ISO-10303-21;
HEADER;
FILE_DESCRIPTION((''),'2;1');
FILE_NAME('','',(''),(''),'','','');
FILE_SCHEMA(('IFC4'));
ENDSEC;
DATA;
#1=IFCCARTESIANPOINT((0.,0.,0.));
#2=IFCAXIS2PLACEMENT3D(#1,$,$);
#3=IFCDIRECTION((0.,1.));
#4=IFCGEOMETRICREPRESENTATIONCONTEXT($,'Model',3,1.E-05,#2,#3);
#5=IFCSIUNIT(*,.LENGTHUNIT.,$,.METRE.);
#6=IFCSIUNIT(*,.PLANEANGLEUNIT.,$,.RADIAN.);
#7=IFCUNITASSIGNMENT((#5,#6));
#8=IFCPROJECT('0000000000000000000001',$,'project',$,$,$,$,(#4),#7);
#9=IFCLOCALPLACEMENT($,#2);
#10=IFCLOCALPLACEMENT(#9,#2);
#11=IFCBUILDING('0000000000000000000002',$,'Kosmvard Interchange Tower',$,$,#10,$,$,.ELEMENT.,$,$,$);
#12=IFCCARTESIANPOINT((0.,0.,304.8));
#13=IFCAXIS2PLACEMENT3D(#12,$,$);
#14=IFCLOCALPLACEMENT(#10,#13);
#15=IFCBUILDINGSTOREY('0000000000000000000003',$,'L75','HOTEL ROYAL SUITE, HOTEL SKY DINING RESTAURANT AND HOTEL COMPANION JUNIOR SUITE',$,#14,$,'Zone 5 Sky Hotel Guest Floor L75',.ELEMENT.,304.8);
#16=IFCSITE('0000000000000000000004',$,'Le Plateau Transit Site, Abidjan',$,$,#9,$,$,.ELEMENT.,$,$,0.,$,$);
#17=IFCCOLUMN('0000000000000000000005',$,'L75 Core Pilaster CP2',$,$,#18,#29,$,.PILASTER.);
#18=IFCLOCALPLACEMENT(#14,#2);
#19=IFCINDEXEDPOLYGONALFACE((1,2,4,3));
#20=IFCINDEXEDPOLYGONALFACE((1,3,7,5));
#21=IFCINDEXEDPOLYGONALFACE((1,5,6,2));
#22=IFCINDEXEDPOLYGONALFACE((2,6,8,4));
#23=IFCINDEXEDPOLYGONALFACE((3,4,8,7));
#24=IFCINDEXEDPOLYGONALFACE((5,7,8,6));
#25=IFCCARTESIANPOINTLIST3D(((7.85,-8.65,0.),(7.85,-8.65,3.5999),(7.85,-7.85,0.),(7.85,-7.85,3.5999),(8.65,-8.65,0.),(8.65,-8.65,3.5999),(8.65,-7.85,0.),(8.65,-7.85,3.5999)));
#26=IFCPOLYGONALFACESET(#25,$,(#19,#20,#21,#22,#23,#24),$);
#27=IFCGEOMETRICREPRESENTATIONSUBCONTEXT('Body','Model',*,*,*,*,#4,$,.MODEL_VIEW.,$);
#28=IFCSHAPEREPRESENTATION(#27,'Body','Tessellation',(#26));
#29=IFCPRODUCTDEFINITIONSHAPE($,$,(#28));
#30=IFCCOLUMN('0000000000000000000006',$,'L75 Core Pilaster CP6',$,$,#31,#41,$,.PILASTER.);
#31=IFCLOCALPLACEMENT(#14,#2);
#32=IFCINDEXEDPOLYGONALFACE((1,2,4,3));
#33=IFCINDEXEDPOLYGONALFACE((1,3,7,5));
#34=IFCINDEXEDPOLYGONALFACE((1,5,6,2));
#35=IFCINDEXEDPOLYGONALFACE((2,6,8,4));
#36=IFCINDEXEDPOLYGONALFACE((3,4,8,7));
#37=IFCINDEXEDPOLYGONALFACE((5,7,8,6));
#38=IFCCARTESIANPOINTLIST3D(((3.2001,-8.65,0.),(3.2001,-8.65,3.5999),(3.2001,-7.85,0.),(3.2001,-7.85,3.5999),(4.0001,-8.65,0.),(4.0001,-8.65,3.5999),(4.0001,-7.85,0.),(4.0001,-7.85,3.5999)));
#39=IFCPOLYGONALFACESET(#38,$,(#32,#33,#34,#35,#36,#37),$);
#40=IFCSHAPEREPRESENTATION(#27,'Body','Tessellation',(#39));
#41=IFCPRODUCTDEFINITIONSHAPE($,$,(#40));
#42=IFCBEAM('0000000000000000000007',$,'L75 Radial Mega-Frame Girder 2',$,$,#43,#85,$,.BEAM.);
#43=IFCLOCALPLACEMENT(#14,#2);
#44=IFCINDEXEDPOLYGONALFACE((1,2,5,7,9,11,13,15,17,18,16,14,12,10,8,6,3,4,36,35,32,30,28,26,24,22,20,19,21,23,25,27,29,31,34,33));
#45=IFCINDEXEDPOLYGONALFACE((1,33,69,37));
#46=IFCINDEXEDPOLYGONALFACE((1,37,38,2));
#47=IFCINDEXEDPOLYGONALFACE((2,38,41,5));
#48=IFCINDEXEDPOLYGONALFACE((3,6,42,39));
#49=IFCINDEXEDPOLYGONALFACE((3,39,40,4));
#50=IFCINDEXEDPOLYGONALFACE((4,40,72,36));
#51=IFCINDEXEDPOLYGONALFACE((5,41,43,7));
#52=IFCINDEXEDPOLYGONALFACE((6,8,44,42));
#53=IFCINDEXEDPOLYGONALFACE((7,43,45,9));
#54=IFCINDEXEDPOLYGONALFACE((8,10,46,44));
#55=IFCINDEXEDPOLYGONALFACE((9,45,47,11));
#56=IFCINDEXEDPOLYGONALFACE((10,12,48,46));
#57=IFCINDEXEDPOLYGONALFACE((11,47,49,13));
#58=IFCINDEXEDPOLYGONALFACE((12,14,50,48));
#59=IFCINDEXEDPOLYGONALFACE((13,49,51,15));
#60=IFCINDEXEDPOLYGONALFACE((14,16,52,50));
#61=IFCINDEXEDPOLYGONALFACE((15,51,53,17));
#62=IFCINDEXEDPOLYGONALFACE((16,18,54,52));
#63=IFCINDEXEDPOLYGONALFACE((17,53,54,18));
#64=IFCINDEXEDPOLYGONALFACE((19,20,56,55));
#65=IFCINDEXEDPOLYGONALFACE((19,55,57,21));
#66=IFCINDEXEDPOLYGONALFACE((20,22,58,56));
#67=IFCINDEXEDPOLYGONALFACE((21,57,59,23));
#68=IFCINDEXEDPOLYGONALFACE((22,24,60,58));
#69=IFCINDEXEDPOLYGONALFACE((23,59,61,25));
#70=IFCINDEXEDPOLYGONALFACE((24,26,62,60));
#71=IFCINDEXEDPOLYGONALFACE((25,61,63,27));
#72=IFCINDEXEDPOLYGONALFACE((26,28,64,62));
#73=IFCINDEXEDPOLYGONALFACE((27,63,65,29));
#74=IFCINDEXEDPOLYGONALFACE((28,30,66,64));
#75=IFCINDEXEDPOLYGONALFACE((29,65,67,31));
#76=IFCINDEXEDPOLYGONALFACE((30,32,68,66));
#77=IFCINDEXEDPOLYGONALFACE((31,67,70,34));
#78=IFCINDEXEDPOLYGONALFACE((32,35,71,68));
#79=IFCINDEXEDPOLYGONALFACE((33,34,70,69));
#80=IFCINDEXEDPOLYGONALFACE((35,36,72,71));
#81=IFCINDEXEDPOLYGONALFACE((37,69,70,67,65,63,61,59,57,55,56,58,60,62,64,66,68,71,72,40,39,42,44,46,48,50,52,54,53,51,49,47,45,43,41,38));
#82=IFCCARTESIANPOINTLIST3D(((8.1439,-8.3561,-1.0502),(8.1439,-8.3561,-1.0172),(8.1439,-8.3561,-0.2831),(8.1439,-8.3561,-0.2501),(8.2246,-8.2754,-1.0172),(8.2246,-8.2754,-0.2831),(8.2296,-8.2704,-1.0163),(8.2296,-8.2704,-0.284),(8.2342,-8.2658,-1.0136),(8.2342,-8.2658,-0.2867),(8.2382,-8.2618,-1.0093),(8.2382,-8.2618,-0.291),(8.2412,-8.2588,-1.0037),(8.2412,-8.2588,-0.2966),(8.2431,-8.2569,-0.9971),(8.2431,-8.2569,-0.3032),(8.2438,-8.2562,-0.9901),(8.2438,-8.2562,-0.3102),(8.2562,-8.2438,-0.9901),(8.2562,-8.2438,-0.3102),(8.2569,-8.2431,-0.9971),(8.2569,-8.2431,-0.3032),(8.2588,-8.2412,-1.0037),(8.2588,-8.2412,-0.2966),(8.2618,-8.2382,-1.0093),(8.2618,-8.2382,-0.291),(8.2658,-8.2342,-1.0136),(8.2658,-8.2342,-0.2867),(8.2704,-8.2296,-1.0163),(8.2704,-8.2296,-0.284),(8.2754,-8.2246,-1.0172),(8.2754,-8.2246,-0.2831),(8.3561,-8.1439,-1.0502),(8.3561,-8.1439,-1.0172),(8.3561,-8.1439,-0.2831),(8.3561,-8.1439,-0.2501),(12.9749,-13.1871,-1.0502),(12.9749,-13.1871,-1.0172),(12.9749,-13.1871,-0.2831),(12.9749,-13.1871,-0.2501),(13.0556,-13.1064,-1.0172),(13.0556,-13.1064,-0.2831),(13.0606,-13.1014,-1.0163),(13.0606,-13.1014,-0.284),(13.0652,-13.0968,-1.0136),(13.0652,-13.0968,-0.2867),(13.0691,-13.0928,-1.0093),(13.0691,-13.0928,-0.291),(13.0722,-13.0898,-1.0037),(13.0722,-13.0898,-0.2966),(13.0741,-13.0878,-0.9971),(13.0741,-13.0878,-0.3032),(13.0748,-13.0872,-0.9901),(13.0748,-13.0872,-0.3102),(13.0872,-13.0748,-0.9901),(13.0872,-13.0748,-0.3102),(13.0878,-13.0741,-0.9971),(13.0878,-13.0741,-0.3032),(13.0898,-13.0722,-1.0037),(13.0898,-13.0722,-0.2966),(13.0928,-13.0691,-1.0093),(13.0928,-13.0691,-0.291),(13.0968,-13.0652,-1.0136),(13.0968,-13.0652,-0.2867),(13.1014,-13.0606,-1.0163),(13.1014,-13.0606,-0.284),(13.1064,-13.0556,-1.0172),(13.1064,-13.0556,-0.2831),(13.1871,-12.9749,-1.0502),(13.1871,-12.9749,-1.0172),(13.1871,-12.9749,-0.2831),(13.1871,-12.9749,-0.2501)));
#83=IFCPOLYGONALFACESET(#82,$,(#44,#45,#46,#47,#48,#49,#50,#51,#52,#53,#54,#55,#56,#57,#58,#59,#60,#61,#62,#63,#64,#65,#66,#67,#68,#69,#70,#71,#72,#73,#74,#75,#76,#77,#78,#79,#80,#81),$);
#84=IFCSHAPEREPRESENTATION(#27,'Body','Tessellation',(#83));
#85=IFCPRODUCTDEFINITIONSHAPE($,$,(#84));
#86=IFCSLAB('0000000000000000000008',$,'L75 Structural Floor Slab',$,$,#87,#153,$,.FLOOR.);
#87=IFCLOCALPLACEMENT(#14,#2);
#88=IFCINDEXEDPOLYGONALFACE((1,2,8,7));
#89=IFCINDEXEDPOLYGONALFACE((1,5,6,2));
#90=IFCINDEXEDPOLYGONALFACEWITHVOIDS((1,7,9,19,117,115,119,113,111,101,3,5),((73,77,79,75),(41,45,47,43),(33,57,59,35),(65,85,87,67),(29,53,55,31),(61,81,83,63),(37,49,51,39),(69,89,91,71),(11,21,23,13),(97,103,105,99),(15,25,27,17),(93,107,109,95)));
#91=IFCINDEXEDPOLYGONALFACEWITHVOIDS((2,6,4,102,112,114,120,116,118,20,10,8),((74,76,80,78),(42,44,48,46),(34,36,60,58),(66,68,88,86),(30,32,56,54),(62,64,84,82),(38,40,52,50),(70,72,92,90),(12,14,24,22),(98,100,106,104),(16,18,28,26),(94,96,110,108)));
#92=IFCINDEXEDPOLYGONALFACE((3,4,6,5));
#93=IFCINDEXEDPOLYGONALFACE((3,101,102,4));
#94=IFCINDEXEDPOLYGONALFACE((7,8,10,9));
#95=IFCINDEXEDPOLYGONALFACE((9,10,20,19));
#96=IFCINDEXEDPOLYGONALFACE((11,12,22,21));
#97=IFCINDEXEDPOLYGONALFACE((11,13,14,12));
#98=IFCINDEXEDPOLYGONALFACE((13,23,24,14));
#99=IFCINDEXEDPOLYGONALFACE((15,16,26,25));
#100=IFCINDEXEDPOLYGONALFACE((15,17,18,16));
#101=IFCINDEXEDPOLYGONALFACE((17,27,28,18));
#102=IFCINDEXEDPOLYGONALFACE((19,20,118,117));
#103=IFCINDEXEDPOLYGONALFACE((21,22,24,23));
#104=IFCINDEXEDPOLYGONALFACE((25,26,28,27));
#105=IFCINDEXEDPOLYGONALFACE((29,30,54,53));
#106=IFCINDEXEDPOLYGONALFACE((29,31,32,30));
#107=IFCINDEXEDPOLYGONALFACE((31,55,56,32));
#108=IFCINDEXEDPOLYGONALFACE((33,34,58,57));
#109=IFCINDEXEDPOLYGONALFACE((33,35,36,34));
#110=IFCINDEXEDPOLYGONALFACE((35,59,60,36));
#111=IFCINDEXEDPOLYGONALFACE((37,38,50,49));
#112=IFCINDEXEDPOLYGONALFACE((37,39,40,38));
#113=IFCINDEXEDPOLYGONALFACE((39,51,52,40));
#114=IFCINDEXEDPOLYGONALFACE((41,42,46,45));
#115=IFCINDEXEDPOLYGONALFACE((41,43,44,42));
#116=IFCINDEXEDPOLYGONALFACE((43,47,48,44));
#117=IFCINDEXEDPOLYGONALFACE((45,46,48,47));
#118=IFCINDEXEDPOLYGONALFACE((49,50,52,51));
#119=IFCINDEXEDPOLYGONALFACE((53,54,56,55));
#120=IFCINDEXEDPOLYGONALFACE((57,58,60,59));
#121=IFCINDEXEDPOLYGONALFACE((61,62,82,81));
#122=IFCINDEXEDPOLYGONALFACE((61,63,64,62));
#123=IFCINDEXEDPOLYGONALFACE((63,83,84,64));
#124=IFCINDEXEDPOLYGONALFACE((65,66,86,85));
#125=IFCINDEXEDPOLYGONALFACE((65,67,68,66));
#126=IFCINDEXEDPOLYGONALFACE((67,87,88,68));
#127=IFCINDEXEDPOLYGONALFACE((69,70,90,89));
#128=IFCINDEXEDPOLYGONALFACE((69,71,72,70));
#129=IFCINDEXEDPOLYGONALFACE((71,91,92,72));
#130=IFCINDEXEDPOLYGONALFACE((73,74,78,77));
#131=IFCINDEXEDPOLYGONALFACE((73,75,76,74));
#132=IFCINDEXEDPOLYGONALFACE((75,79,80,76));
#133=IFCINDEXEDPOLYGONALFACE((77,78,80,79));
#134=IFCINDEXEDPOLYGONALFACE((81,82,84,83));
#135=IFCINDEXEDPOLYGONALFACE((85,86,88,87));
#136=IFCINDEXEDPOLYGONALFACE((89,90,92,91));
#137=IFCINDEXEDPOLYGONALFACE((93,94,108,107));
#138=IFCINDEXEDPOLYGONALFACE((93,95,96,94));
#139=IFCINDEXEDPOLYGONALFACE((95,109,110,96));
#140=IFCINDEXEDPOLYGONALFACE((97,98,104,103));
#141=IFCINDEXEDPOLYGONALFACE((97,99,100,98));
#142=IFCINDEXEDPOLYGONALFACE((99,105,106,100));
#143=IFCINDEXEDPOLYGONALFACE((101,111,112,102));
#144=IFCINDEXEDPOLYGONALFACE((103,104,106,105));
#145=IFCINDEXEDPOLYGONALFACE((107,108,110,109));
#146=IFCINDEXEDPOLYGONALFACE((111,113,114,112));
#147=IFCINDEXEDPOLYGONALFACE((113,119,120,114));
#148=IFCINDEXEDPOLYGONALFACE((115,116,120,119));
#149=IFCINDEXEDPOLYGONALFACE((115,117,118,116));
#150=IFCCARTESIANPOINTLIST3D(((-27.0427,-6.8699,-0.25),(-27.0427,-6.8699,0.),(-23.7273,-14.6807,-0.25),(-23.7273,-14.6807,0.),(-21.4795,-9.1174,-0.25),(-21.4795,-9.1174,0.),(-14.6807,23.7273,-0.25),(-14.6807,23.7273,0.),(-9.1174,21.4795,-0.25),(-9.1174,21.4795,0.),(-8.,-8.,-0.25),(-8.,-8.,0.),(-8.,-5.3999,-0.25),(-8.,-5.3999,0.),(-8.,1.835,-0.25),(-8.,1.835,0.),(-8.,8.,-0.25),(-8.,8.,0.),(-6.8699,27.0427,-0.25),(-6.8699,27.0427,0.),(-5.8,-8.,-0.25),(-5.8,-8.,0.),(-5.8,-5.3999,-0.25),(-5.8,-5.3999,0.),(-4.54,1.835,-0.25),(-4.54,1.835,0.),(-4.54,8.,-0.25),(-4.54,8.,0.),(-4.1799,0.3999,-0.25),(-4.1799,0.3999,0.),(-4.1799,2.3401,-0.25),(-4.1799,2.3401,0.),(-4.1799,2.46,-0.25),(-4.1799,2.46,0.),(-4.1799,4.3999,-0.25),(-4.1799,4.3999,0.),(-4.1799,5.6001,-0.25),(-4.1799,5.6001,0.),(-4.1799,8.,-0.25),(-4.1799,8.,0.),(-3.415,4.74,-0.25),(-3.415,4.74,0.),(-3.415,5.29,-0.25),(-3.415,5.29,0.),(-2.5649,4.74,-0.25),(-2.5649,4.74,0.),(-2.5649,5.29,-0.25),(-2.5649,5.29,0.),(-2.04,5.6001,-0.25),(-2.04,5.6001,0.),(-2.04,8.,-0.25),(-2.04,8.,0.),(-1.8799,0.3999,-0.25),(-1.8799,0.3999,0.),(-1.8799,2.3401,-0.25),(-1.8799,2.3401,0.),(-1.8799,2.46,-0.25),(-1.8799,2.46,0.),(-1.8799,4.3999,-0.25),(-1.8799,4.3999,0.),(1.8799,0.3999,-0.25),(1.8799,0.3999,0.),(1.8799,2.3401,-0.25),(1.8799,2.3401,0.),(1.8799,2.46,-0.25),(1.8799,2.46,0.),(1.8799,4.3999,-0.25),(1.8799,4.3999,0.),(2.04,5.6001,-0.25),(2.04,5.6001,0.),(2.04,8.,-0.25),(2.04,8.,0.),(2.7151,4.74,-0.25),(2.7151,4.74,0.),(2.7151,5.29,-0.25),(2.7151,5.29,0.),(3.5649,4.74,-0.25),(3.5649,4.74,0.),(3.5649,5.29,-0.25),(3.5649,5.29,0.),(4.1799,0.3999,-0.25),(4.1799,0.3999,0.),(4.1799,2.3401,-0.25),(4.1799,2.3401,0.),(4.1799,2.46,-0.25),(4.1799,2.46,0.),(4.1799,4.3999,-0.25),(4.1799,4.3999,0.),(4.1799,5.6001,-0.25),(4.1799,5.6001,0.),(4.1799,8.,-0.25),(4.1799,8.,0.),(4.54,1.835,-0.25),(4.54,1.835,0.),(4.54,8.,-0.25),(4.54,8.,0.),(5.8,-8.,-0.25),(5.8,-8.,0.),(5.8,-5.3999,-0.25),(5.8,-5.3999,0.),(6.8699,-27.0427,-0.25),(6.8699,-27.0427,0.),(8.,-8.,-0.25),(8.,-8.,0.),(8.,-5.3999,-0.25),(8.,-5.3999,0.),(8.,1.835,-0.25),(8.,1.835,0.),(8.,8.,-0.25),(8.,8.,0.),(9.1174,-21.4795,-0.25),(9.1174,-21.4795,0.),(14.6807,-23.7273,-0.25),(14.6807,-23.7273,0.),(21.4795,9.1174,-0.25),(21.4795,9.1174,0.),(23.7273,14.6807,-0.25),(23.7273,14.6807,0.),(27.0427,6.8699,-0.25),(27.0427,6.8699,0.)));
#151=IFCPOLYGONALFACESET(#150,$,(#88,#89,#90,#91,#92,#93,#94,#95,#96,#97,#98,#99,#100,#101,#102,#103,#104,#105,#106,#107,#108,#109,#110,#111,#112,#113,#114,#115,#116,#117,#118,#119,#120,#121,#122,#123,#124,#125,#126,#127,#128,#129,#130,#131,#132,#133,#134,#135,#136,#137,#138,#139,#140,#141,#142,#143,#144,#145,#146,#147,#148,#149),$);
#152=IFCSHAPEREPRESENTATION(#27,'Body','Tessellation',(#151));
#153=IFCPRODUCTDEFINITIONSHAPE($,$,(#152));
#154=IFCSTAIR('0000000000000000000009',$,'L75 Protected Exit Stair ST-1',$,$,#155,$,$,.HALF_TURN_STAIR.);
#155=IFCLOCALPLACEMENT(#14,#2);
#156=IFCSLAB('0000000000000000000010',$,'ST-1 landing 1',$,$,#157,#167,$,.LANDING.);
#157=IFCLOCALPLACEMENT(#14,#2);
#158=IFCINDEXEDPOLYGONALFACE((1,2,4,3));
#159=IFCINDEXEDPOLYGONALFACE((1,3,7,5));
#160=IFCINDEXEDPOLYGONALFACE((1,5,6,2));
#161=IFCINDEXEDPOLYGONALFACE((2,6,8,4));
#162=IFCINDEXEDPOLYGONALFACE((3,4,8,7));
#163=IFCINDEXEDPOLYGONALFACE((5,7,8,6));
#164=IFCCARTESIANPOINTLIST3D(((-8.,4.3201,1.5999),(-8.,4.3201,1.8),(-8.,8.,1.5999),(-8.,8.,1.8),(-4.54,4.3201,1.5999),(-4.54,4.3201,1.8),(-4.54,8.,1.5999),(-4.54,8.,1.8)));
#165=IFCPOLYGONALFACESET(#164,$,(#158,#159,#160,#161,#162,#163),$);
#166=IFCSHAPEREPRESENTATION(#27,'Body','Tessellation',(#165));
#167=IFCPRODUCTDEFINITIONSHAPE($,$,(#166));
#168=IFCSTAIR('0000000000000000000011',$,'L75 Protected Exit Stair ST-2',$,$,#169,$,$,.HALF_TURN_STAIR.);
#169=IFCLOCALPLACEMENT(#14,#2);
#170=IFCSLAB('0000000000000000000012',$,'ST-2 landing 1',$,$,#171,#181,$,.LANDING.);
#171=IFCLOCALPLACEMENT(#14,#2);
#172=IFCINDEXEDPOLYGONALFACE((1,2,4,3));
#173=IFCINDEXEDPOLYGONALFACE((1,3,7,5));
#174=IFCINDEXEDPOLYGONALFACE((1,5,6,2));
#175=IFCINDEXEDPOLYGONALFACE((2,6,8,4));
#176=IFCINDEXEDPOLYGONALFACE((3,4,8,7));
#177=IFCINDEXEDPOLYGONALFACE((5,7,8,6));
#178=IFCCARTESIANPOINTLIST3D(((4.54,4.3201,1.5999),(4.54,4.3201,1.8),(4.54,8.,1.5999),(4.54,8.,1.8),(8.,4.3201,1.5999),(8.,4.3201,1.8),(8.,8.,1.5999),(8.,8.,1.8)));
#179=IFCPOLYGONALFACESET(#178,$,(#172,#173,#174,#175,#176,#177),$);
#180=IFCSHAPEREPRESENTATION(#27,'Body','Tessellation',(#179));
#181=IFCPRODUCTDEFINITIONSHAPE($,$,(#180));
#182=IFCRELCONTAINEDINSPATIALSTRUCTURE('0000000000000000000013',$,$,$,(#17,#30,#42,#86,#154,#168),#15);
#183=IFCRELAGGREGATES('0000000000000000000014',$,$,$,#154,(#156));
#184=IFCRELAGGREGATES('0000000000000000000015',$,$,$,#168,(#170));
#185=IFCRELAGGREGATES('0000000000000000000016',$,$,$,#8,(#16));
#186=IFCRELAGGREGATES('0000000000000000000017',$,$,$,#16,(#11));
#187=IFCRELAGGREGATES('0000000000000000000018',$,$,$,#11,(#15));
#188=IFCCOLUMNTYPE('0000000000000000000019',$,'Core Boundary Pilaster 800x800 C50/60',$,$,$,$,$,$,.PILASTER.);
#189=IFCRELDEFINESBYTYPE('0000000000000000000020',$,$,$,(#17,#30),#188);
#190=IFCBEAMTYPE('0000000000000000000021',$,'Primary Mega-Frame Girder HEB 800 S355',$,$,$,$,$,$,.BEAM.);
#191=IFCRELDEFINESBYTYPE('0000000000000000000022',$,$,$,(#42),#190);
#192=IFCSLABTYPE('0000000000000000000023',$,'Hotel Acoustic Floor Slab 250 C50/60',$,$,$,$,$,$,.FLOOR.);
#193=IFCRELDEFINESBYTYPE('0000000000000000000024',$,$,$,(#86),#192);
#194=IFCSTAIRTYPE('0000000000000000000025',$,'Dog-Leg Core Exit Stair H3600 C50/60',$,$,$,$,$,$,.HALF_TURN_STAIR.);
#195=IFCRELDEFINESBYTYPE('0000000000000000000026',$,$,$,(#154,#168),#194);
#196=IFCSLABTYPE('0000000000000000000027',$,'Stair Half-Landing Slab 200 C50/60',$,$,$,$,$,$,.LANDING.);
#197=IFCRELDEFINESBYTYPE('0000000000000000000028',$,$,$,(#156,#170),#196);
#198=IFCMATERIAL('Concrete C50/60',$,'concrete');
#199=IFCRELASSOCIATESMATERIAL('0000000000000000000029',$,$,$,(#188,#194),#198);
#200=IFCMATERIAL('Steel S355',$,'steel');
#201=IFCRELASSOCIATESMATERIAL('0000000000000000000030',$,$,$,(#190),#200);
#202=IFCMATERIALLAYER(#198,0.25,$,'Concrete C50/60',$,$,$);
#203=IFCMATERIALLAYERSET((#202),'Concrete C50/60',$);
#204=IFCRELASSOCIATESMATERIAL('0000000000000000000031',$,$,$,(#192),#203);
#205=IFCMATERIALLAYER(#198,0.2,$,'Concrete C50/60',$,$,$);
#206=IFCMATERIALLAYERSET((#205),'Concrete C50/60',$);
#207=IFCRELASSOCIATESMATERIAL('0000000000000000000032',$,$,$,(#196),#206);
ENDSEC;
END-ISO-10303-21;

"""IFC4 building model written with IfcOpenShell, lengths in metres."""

from ifc_helpers import new_model, si_unit, direction, frame, origin, origin_2d, place, context, subcontext, project, spatial, polyline, rectangle, i_section, outline, extrude, source, transform, mapped, material, layer, layer_set, material_profile, profile_set, type_object, element, aggregate, save


model = new_model("IFC4")

# Units and contexts
model_context = context("Model", 3, precision=1e-05, world=origin(), true_north=direction((0.0, 1.0)))
body_context = subcontext(model_context, "Body", "Model", "MODEL_VIEW")
ifc_project = project(units=[si_unit("LENGTHUNIT", "METRE"), si_unit("PLANEANGLEUNIT", "RADIAN")], contexts=[model_context])

# Site, building, storey
site_placement = place(None, origin())
site = spatial("IfcSite", under=ifc_project, at=site_placement, Name="Le Plateau Transit Site, Abidjan", CompositionType="ELEMENT", RefElevation=0.0)
building_placement = place(site_placement, origin())
building = spatial("IfcBuilding", under=site, at=building_placement, Name="Kosmvard Interchange Tower", CompositionType="ELEMENT")
storey_placement = place(building_placement, frame((0.0, 0.0, 304.8)))
storey = spatial("IfcBuildingStorey", under=building, at=storey_placement, Name="L75", Description="HOTEL ROYAL SUITE, HOTEL SKY DINING RESTAURANT AND HOTEL COMPANION JUNIOR SUITE", LongName="Zone 5 Sky Hotel Guest Floor L75", CompositionType="ELEMENT", Elevation=304.8)

# Columns
ifc_material_1 = material(Name="Concrete C50/60", Category="concrete")
ifc_material_profile_1 = material_profile(ifc_material_1, rectangle(XDim=0.8, YDim=0.8, at=origin_2d()), Name="CP 800x800")
ifc_profile_set_1 = profile_set([ifc_material_profile_1], Name="Concrete C50/60")
column_type = type_object("IfcColumnType", Name="Core Boundary Pilaster 800x800 C50/60", PredefinedType="PILASTER", material=ifc_profile_set_1)
shared_shape_1 = source(origin(), body_context, "Body", "SweptSolid", [
    extrude(rectangle(XDim=0.8, YDim=0.8, at=origin_2d()), origin(), (0.0, 0.0, 1.0), 3.5999),
])
for number, where, z_axis, x_axis, name in (
    (1, (8.25, -8.25, 0.0), (0.0, 0.0, 1.0), (1.0, 0.0, 0.0), "L75 Core Pilaster CP2"),
    (2, (3.6001, -8.25, 0.0), (0.0, 0.0, 1.0), (1.0, 0.0, 0.0), "L75 Core Pilaster CP6"),
):
    element("IfcColumn", number, at=place(storey_placement, frame(where, z_axis=z_axis, x_axis=x_axis)), inside=storey, type_object=column_type, Name=name, PredefinedType="PILASTER", context=body_context, shape_type="MappedRepresentation", body=[
        mapped(shared_shape_1, transform((0.0, 0.0, 0.0), scale=1.0)),
    ])

# Beam
ifc_material_2 = material(Name="Steel S355", Category="steel")
ifc_material_profile_2 = material_profile(ifc_material_2, i_section(OverallWidth=0.3, OverallDepth=0.8, WebThickness=0.0176, FlangeThickness=0.033, FilletRadius=0.0271, at=origin_2d()), Name="HEB 800")
ifc_profile_set_2 = profile_set([ifc_material_profile_2], Name="Steel S355")
beam_type = type_object("IfcBeamType", Name="Primary Mega-Frame Girder HEB 800 S355", PredefinedType="BEAM", material=ifc_profile_set_2)
shared_shape_2 = source(origin(), body_context, "Body", "SweptSolid", [
    extrude(i_section(OverallWidth=0.3, OverallDepth=0.8, WebThickness=0.0176, FlangeThickness=0.033, FilletRadius=0.0271, at=origin_2d()), origin(), (0.0, 0.0, 1.0), 6.832),
])
beam_placement = place(storey_placement, frame((8.25, -8.25, -0.6501), z_axis=(0.707107, -0.707107, 0.0), x_axis=(0.707107, 0.707107, 0.0)))
element("IfcBeam", 3, at=beam_placement, inside=storey, type_object=beam_type, Name="L75 Radial Mega-Frame Girder 2", PredefinedType="BEAM", context=body_context, shape_type="MappedRepresentation", body=[
    mapped(shared_shape_2, transform((0.0, 0.0, 0.0), scale=1.0)),
])

# Slab
ifc_layer_1 = layer(ifc_material_1, 0.25, Name="Concrete C50/60")
ifc_layer_set_1 = layer_set([ifc_layer_1], Name="Concrete C50/60")
slab_type_1 = type_object("IfcSlabType", Name="Hotel Acoustic Floor Slab 250 C50/60", PredefinedType="FLOOR", material=ifc_layer_set_1)
slab_1_placement = place(storey_placement, frame((0.0, 0.0, -0.25)))
element("IfcSlab", 4, at=slab_1_placement, inside=storey, type_object=slab_type_1, Name="L75 Structural Floor Slab", PredefinedType="FLOOR", context=body_context, shape_type="SweptSolid", body=[
    extrude(outline(polyline([(14.6807, -23.7273), (27.0427, 6.8699), (21.4795, 9.1174), (23.7273, 14.6807), (-6.8699, 27.0427), (-9.1174, 21.4795), (-14.6807, 23.7273), (-27.0427, -6.8699), (-21.4795, -9.1174), (-23.7273, -14.6807), (6.8699, -27.0427), (9.1174, -21.4795), (14.6807, -23.7273)]), holes=[polyline([(-8.0, 1.835), (-4.54, 1.835), (-4.54, 8.0), (-8.0, 8.0), (-8.0, 1.835)]), polyline([(4.54, 1.835), (8.0, 1.835), (8.0, 8.0), (4.54, 8.0), (4.54, 1.835)]), polyline([(-8.0, -8.0), (-5.8, -8.0), (-5.8, -5.3999), (-8.0, -5.3999), (-8.0, -8.0)]), polyline([(5.8, -8.0), (8.0, -8.0), (8.0, -5.3999), (5.8, -5.3999), (5.8, -8.0)]), polyline([(-4.1799, 0.3999), (-1.8799, 0.3999), (-1.8799, 2.3401), (-4.1799, 2.3401), (-4.1799, 0.3999)]), polyline([(-4.1799, 2.46), (-1.8799, 2.46), (-1.8799, 4.3999), (-4.1799, 4.3999), (-4.1799, 2.46)]), polyline([(1.8799, 0.3999), (4.1799, 0.3999), (4.1799, 2.3401), (1.8799, 2.3401), (1.8799, 0.3999)]), polyline([(1.8799, 2.46), (4.1799, 2.46), (4.1799, 4.3999), (1.8799, 4.3999), (1.8799, 2.46)]), polyline([(-4.1799, 5.6001), (-2.04, 5.6001), (-2.04, 8.0), (-4.1799, 8.0), (-4.1799, 5.6001)]), polyline([(2.04, 5.6001), (4.1799, 5.6001), (4.1799, 8.0), (2.04, 8.0), (2.04, 5.6001)]), polyline([(-3.415, 4.74), (-2.5649, 4.74), (-2.5649, 5.29), (-3.415, 5.29), (-3.415, 4.74)]), polyline([(2.7151, 4.74), (3.5649, 4.74), (3.5649, 5.29), (2.7151, 5.29), (2.7151, 4.74)])]), origin(), (0.0, 0.0, 1.0), 0.25),
])

# Stairs, slabs
stair_type = type_object("IfcStairType", Name="Dog-Leg Core Exit Stair H3600 C50/60", PredefinedType="HALF_TURN_STAIR", material=ifc_material_1)
stair_1_placement = place(storey_placement, origin())
stair_1 = element("IfcStair", 5, at=stair_1_placement, inside=storey, type_object=stair_type, Name="L75 Protected Exit Stair ST-1", PredefinedType="HALF_TURN_STAIR")
ifc_layer_2 = layer(ifc_material_1, 0.2, Name="Concrete C50/60")
ifc_layer_set_2 = layer_set([ifc_layer_2], Name="Concrete C50/60")
slab_type_2 = type_object("IfcSlabType", Name="Stair Half-Landing Slab 200 C50/60", PredefinedType="LANDING", material=ifc_layer_set_2)
slab_2_placement = place(storey_placement, frame((0.0, 0.0, 1.5999)))
slab_2 = element("IfcSlab", 6, at=slab_2_placement, type_object=slab_type_2, Name="ST-1 landing 1", PredefinedType="LANDING", context=body_context, shape_type="SweptSolid", body=[
    extrude(outline(polyline([(-4.54, 4.3201), (-4.54, 8.0), (-8.0, 8.0), (-8.0, 4.3201), (-4.54, 4.3201)])), origin(), (0.0, 0.0, 1.0), 0.2002),
])
aggregate(stair_1, [slab_2])
stair_2_placement = place(storey_placement, origin())
stair_2 = element("IfcStair", 7, at=stair_2_placement, inside=storey, type_object=stair_type, Name="L75 Protected Exit Stair ST-2", PredefinedType="HALF_TURN_STAIR")
slab_3_placement = place(storey_placement, frame((0.0, 0.0, 1.5999)))
slab_3 = element("IfcSlab", 8, at=slab_3_placement, type_object=slab_type_2, Name="ST-2 landing 1", PredefinedType="LANDING", context=body_context, shape_type="SweptSolid", body=[
    extrude(outline(polyline([(8.0, 4.3201), (8.0, 8.0), (4.54, 8.0), (4.54, 4.3201), (8.0, 4.3201)])), origin(), (0.0, 0.0, 1.0), 0.2002),
])
aggregate(stair_2, [slab_3])

save(model, "model.ifc")
